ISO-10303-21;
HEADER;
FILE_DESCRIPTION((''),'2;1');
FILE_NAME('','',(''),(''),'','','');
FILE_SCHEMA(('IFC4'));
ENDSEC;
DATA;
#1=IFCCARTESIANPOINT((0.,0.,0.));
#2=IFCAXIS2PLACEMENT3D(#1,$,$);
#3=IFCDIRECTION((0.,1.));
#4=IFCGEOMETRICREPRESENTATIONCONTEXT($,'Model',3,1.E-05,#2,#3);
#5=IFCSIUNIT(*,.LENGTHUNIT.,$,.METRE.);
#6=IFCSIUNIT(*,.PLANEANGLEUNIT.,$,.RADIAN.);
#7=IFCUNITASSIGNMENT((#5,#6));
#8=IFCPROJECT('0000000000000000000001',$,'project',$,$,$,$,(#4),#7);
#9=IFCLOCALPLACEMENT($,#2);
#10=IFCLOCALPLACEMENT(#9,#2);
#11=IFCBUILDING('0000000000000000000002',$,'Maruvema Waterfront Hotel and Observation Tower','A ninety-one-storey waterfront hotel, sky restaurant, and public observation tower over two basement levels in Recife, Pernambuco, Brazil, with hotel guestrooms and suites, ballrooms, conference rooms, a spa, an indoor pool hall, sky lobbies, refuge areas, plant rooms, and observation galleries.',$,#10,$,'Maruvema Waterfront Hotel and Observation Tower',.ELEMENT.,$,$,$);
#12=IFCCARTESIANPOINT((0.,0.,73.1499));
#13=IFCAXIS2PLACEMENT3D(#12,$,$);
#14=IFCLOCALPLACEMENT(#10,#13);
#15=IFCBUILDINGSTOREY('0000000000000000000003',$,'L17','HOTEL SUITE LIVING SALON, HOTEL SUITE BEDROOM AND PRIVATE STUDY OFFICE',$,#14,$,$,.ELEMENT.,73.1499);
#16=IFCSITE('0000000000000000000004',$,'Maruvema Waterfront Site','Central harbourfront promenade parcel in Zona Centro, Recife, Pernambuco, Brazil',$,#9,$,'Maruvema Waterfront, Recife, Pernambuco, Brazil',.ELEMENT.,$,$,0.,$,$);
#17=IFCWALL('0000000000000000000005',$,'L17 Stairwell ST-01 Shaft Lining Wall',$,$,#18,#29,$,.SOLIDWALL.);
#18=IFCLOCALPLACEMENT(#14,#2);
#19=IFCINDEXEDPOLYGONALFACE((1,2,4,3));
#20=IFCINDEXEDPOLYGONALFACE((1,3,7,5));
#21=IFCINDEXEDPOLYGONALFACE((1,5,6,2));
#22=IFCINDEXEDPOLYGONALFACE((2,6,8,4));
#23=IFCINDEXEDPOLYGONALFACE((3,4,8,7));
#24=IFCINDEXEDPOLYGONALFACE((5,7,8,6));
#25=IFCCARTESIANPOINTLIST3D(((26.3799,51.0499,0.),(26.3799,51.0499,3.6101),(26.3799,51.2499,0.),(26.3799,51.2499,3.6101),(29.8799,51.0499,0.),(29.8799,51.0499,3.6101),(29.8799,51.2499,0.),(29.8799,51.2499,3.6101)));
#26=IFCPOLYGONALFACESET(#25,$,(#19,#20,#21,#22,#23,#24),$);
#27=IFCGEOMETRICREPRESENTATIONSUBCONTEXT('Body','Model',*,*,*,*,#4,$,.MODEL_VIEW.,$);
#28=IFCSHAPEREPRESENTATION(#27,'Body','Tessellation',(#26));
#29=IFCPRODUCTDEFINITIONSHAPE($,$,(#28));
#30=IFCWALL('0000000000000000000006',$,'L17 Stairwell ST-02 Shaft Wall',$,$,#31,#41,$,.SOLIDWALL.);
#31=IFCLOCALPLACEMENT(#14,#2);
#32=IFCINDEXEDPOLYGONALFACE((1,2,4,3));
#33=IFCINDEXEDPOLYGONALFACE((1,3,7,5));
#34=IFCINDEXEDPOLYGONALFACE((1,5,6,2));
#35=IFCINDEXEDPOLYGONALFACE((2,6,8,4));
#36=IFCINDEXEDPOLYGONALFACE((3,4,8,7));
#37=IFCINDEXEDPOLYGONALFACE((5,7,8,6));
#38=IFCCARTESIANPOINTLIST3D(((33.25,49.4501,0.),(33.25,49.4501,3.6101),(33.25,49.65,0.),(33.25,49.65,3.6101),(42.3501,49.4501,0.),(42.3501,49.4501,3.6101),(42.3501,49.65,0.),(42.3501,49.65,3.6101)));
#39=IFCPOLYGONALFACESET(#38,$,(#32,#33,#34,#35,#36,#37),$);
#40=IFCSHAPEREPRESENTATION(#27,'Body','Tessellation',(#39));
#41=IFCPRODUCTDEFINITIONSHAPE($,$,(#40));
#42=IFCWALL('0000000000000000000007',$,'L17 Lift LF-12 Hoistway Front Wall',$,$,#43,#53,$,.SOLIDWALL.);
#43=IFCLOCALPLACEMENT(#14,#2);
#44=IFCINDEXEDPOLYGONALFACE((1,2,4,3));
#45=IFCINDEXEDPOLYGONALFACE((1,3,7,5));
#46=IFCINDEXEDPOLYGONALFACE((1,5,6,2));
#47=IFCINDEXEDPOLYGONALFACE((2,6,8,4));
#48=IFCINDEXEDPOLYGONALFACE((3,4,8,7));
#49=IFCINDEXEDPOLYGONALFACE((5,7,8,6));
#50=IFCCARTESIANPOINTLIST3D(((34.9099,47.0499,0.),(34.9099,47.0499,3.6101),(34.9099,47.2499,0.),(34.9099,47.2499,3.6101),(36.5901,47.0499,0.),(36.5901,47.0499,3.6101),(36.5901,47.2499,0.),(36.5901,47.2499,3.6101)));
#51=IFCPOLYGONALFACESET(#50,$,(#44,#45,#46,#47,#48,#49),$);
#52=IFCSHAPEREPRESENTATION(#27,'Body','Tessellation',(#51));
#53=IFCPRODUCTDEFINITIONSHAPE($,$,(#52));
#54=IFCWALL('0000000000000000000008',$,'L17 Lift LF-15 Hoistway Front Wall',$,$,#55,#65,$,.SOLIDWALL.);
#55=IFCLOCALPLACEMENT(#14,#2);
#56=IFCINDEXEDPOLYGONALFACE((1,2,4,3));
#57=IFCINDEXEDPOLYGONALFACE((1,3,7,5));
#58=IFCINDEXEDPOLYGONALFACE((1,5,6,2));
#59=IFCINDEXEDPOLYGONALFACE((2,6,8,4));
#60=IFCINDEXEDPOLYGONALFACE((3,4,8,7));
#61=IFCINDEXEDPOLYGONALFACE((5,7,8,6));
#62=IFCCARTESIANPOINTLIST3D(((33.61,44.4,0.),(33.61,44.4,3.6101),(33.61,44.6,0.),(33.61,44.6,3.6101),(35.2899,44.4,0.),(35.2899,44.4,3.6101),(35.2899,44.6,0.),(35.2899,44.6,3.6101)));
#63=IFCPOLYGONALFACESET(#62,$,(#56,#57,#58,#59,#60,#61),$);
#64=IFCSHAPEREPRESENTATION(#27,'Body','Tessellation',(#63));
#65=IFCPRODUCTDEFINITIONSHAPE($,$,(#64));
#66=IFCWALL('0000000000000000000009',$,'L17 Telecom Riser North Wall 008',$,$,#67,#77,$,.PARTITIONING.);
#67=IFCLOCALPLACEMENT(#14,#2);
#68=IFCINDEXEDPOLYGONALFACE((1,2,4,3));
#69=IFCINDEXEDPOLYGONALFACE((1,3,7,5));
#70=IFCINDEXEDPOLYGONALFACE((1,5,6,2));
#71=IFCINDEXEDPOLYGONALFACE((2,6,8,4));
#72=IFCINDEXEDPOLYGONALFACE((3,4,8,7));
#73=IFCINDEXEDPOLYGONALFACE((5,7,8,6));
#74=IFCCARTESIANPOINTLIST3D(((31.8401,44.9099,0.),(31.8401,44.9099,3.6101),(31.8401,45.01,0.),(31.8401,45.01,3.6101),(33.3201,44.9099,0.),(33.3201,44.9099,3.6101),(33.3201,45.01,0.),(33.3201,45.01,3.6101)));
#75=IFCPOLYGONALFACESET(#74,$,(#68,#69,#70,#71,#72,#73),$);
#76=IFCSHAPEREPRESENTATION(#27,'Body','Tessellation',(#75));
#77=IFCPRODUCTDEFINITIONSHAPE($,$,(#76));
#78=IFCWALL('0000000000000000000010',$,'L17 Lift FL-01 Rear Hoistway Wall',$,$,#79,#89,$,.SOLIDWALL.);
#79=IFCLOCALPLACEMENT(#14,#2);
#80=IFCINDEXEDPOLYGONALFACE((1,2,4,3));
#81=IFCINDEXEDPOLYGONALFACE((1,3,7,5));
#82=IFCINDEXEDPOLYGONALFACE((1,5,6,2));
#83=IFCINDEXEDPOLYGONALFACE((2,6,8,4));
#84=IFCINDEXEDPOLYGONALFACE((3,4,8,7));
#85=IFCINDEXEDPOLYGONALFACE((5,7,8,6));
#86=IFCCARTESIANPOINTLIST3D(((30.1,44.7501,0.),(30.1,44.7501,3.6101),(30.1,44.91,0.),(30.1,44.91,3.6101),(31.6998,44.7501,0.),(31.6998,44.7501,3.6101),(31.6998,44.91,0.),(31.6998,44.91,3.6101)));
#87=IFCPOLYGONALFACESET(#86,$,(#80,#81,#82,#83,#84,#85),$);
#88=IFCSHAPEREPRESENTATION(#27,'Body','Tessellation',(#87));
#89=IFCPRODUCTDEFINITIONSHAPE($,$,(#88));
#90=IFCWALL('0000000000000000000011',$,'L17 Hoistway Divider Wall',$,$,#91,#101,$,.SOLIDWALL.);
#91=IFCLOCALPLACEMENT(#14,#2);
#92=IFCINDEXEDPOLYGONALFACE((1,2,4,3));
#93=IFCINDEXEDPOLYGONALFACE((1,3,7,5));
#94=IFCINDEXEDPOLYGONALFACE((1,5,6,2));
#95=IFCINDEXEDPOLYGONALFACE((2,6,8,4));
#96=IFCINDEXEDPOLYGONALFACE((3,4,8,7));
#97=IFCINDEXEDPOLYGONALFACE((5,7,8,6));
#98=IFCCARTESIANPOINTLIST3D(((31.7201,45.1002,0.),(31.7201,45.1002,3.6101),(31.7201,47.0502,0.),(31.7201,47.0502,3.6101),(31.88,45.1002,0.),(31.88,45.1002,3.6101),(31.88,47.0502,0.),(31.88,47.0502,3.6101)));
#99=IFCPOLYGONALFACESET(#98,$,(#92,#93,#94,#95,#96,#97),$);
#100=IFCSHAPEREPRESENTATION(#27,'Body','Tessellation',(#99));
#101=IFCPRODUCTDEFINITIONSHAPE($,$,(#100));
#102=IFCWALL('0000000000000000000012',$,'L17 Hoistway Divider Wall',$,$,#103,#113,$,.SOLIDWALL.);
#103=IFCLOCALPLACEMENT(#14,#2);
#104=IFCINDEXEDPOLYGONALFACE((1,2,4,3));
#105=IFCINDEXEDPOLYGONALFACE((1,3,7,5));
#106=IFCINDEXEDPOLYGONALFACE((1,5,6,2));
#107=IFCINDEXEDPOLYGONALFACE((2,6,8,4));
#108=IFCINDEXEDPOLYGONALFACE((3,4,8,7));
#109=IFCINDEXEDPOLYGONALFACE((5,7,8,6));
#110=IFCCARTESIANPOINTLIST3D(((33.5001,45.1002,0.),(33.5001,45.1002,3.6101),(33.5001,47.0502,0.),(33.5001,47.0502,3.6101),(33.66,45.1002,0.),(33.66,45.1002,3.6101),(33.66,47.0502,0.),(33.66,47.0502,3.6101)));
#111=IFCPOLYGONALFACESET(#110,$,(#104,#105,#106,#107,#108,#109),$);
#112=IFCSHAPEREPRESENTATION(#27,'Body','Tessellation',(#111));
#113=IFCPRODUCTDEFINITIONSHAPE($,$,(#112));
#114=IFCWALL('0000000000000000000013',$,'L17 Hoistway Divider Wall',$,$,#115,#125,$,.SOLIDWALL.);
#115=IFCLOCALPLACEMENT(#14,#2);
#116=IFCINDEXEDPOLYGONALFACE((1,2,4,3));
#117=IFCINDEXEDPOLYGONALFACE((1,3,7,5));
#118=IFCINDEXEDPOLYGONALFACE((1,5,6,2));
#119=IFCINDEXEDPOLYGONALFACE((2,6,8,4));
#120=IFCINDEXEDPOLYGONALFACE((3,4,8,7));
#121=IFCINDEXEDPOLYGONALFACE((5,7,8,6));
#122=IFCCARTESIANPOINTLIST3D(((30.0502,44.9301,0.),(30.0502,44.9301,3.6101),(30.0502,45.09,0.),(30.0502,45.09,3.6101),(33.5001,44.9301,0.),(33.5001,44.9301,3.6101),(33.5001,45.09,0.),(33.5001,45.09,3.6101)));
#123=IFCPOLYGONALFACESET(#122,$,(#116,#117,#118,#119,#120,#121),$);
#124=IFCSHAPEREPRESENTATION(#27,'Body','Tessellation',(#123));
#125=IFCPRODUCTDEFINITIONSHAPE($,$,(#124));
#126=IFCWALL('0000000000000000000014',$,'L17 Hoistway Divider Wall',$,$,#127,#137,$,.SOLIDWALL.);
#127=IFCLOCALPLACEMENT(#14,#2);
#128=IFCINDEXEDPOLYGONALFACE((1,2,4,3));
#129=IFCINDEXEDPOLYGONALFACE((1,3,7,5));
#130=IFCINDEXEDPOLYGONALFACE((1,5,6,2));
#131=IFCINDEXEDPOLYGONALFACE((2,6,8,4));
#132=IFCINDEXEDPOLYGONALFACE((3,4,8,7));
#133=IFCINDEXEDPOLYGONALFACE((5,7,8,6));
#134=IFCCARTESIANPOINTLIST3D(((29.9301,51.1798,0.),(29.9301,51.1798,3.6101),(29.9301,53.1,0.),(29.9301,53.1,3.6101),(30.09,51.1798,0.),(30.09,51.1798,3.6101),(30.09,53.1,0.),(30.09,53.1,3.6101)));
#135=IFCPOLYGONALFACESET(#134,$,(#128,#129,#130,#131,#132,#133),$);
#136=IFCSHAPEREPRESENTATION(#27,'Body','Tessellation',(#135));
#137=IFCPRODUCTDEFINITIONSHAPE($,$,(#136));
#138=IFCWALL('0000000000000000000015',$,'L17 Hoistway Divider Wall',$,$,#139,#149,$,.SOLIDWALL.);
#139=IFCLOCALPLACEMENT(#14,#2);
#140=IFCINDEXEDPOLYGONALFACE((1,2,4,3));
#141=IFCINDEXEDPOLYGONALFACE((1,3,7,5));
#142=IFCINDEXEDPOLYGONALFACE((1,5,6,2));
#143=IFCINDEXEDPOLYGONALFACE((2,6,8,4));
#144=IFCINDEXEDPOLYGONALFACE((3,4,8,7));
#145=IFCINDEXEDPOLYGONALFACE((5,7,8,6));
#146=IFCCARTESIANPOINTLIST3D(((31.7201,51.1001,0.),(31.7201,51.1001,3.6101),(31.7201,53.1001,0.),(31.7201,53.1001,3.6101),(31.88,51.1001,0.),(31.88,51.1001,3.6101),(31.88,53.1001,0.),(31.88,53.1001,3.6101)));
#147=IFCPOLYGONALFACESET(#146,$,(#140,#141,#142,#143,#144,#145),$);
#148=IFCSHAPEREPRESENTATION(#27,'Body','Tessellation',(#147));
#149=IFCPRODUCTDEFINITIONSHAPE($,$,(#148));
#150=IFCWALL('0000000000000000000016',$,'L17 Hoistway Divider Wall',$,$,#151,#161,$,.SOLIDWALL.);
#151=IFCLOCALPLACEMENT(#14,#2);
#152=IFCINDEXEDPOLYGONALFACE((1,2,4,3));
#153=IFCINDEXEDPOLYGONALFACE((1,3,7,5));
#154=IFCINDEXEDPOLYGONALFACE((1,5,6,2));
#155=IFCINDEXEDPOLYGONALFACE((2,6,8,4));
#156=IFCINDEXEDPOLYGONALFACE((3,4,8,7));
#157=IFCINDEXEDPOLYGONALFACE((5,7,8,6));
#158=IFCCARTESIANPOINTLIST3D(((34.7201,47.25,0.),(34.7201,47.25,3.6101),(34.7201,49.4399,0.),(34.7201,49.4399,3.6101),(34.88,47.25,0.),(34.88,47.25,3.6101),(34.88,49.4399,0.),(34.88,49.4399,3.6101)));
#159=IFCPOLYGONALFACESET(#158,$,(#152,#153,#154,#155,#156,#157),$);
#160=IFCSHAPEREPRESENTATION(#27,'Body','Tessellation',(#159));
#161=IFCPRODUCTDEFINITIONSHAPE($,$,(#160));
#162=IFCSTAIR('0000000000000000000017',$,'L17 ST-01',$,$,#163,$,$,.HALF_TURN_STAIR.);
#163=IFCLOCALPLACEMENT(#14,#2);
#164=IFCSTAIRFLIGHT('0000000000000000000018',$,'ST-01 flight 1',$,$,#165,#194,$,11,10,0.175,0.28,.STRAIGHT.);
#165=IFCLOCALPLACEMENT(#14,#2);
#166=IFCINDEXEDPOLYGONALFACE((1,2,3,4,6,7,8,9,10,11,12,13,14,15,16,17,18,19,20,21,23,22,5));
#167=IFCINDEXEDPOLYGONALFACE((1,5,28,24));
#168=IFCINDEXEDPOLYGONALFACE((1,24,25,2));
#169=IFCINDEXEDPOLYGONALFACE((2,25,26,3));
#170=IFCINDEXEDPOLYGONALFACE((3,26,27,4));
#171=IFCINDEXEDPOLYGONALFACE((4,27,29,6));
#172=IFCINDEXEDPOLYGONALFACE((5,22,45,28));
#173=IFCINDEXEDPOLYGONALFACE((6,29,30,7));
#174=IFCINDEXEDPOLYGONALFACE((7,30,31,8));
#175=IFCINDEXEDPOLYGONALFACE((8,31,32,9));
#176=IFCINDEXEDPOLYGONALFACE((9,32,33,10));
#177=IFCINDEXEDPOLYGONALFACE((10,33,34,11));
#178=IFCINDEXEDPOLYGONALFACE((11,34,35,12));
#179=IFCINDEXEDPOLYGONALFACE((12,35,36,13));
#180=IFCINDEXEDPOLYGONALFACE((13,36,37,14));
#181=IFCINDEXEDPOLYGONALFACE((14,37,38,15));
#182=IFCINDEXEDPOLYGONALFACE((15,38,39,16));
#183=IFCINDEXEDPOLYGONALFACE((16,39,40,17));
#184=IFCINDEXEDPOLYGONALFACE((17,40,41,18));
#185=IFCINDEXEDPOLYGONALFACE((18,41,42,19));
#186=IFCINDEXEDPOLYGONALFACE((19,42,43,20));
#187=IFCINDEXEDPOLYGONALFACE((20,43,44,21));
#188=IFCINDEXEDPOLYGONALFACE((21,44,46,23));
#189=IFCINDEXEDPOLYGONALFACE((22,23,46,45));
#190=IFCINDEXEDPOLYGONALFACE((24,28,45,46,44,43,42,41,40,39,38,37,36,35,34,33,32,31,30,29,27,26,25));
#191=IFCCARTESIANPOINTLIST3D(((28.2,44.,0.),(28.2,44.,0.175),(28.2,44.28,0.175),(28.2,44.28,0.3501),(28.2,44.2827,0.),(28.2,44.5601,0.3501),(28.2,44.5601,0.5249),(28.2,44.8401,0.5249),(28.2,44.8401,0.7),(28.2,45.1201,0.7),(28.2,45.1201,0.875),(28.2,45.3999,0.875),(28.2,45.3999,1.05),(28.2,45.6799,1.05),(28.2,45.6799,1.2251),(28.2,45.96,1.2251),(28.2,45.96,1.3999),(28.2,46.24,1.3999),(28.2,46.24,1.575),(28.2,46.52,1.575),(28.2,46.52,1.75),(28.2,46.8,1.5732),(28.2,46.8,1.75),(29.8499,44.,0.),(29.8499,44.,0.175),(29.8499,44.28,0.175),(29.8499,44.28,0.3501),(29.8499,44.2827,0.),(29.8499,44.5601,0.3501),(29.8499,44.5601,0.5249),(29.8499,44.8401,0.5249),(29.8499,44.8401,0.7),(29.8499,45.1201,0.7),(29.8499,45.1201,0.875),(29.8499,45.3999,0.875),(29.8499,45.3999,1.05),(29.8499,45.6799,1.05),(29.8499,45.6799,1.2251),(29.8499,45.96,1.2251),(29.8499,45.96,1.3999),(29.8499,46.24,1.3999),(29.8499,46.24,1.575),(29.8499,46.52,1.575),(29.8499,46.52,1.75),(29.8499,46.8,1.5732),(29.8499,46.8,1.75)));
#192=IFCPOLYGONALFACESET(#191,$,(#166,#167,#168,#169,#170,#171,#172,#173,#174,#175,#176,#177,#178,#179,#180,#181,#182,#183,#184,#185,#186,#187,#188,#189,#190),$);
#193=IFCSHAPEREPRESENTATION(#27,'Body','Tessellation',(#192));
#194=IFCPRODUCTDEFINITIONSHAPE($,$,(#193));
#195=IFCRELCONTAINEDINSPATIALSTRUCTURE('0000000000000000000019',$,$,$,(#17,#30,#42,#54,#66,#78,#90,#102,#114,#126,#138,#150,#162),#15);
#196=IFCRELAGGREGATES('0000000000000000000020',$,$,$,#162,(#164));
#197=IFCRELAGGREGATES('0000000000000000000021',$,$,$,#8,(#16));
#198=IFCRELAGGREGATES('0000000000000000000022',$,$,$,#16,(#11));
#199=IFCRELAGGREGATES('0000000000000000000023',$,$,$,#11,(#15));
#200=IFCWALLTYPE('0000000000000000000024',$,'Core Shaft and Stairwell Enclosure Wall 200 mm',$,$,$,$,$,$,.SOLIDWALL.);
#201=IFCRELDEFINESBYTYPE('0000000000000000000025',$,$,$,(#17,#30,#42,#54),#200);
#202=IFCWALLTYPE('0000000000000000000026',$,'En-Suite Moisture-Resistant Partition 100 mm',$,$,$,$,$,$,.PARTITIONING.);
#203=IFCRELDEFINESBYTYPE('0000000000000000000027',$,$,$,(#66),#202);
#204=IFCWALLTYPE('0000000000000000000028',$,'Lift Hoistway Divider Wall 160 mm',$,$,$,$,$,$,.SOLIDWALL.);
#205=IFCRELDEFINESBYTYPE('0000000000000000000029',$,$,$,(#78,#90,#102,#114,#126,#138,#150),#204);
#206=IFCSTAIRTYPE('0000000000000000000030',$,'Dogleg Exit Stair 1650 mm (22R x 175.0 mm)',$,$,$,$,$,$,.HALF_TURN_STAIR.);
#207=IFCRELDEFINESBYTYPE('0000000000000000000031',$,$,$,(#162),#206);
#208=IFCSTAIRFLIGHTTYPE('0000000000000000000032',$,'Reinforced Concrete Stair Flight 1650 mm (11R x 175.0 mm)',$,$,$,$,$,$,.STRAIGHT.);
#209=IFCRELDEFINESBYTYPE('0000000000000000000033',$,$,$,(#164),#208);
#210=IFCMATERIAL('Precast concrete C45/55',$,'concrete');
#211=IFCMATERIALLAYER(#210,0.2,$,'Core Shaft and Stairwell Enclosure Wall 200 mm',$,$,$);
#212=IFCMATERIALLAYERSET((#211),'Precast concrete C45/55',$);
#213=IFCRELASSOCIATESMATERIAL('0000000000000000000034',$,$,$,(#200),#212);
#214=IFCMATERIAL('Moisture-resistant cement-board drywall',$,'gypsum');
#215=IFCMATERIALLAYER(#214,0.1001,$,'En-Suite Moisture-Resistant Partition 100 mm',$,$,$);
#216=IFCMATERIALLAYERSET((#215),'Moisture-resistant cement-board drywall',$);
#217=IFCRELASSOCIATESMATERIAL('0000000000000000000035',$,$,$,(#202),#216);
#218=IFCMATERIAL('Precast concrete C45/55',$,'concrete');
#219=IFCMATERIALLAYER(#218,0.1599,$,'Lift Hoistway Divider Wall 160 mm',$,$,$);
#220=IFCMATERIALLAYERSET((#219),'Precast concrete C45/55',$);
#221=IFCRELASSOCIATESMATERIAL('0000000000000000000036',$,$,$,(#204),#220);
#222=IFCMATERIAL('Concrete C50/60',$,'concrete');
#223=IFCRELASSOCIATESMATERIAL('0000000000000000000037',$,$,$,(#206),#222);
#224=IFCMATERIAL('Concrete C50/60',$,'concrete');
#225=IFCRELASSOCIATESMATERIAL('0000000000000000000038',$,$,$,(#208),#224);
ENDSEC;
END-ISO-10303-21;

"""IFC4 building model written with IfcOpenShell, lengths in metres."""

from ifc_helpers import new_model, si_unit, direction, frame, frame_2d, origin, place, context, subcontext, project, spatial, polyline, rectangle, outline, extrude, material, layer, layer_set, type_object, element, aggregate, save


model = new_model("IFC4")

# Units and contexts
model_context = context("Model", 3, precision=1e-05, world=origin(), true_north=direction((0.0, 1.0)))
body_context = subcontext(model_context, "Body", "Model", "MODEL_VIEW")
ifc_project = project(units=[si_unit("LENGTHUNIT", "METRE"), si_unit("PLANEANGLEUNIT", "RADIAN")], contexts=[model_context])

# Site, building, storey
site_placement = place(None, origin())
site = spatial("IfcSite", under=ifc_project, at=site_placement, Name="Maruvema Waterfront Site", Description="Central harbourfront promenade parcel in Zona Centro, Recife, Pernambuco, Brazil", LongName="Maruvema Waterfront, Recife, Pernambuco, Brazil", CompositionType="ELEMENT", RefElevation=0.0)
building_placement = place(site_placement, origin())
building = spatial("IfcBuilding", under=site, at=building_placement, Name="Maruvema Waterfront Hotel and Observation Tower", Description="A ninety-one-storey waterfront hotel, sky restaurant, and public observation tower over two basement levels in Recife, Pernambuco, Brazil, with hotel guestrooms and suites, ballrooms, conference rooms, a spa, an indoor pool hall, sky lobbies, refuge areas, plant rooms, and observation galleries.", LongName="Maruvema Waterfront Hotel and Observation Tower", CompositionType="ELEMENT")
storey_placement = place(building_placement, frame((0.0, 0.0, 73.1499)))
storey = spatial("IfcBuildingStorey", under=building, at=storey_placement, Name="L17", Description="HOTEL SUITE LIVING SALON, HOTEL SUITE BEDROOM AND PRIVATE STUDY OFFICE", CompositionType="ELEMENT", Elevation=73.1499)

# Walls
ifc_material_1 = material(Name="Precast concrete C45/55", Category="concrete")
ifc_layer_1 = layer(ifc_material_1, 0.2, Name="Core Shaft and Stairwell Enclosure Wall 200 mm")
ifc_layer_set_1 = layer_set([ifc_layer_1], Name="Precast concrete C45/55")
wall_type_1 = type_object("IfcWallType", Name="Core Shaft and Stairwell Enclosure Wall 200 mm", PredefinedType="SOLIDWALL", material=ifc_layer_set_1)
wall_1_placement = place(storey_placement, frame((26.3799, 51.1499, 0.0), z_axis=(0.0, 0.0, 1.0), x_axis=(1.0, 0.0, 0.0)))
element("IfcWall", 1, at=wall_1_placement, inside=storey, type_object=wall_type_1, Name="L17 Stairwell ST-01 Shaft Lining Wall", PredefinedType="SOLIDWALL", context=body_context, shape_type="SweptSolid", body=[
    extrude(rectangle(XDim=3.5, YDim=0.2, at=frame_2d((1.75, 0.0))), origin(), (0.0, 0.0, 1.0), 3.6101),
])
wall_2_placement = place(storey_placement, frame((33.25, 49.55, 0.0), z_axis=(0.0, 0.0, 1.0), x_axis=(1.0, 0.0, 0.0)))
element("IfcWall", 2, at=wall_2_placement, inside=storey, type_object=wall_type_1, Name="L17 Stairwell ST-02 Shaft Wall", PredefinedType="SOLIDWALL", context=body_context, shape_type="SweptSolid", body=[
    extrude(rectangle(XDim=9.1001, YDim=0.2, at=frame_2d((4.55, 0.0))), origin(), (0.0, 0.0, 1.0), 3.6101),
])

# Walls
wall_3_placement = place(storey_placement, frame((34.9099, 47.1499, 0.0), z_axis=(0.0, 0.0, 1.0), x_axis=(1.0, 0.0, 0.0)))
element("IfcWall", 3, at=wall_3_placement, inside=storey, type_object=wall_type_1, Name="L17 Lift LF-12 Hoistway Front Wall", PredefinedType="SOLIDWALL", context=body_context, shape_type="SweptSolid", body=[
    extrude(rectangle(XDim=1.6802, YDim=0.2, at=frame_2d((0.8401, 0.0))), origin(), (0.0, 0.0, 1.0), 3.6101),
])
wall_4_placement = place(storey_placement, frame((33.6101, 44.5, 0.0), z_axis=(0.0, 0.0, 1.0), x_axis=(1.0, 0.0, 0.0)))
element("IfcWall", 4, at=wall_4_placement, inside=storey, type_object=wall_type_1, Name="L17 Lift LF-15 Hoistway Front Wall", PredefinedType="SOLIDWALL", context=body_context, shape_type="SweptSolid", body=[
    extrude(rectangle(XDim=1.6799, YDim=0.2, at=frame_2d((0.8398, 0.0))), origin(), (0.0, 0.0, 1.0), 3.6101),
])
ifc_material_2 = material(Name="Moisture-resistant cement-board drywall", Category="gypsum")
ifc_layer_2 = layer(ifc_material_2, 0.1001, Name="En-Suite Moisture-Resistant Partition 100 mm")
ifc_layer_set_2 = layer_set([ifc_layer_2], Name="Moisture-resistant cement-board drywall")
wall_type_2 = type_object("IfcWallType", Name="En-Suite Moisture-Resistant Partition 100 mm", PredefinedType="PARTITIONING", material=ifc_layer_set_2)
wall_5_placement = place(storey_placement, frame((31.8401, 44.96, 0.0), z_axis=(0.0, 0.0, 1.0), x_axis=(1.0, 0.0, 0.0)))
element("IfcWall", 5, at=wall_5_placement, inside=storey, type_object=wall_type_2, Name="L17 Telecom Riser North Wall 008", PredefinedType="PARTITIONING", context=body_context, shape_type="SweptSolid", body=[
    extrude(rectangle(XDim=1.48, YDim=0.1001, at=frame_2d((0.74, 0.0))), origin(), (0.0, 0.0, 1.0), 3.6101),
])
ifc_material_3 = material(Name="Precast concrete C45/55", Category="concrete")
ifc_layer_3 = layer(ifc_material_3, 0.1599, Name="Lift Hoistway Divider Wall 160 mm")
ifc_layer_set_3 = layer_set([ifc_layer_3], Name="Precast concrete C45/55")
wall_type_3 = type_object("IfcWallType", Name="Lift Hoistway Divider Wall 160 mm", PredefinedType="SOLIDWALL", material=ifc_layer_set_3)
wall_6_placement = place(storey_placement, frame((30.1001, 44.8301, 0.0), z_axis=(0.0, 0.0, 1.0), x_axis=(1.0, 0.0, 0.0)))
element("IfcWall", 6, at=wall_6_placement, inside=storey, type_object=wall_type_3, Name="L17 Lift FL-01 Rear Hoistway Wall", PredefinedType="SOLIDWALL", context=body_context, shape_type="SweptSolid", body=[
    extrude(rectangle(XDim=1.5999, YDim=0.1599, at=frame_2d((0.7998, 0.0))), origin(), (0.0, 0.0, 1.0), 3.6101),
])
for number, where, z_axis, x_axis, name in (
    (7, (31.8, 45.1001, 0.0), (0.0, 0.0, 1.0), (0.0, 1.0, 0.0), "L17 Hoistway Divider Wall"),
    (8, (33.5801, 45.1001, 0.0), (0.0, 0.0, 1.0), (0.0, 1.0, 0.0), "L17 Hoistway Divider Wall"),
):
    element("IfcWall", number, at=place(storey_placement, frame(where, z_axis=z_axis, x_axis=x_axis)), inside=storey, type_object=wall_type_3, Name=name, PredefinedType="SOLIDWALL", context=body_context, shape_type="SweptSolid", body=[
        extrude(rectangle(XDim=1.95, YDim=0.1599, at=frame_2d((0.9751, 0.0))), origin(), (0.0, 0.0, 1.0), 3.6101),
    ])
wall_7_placement = place(storey_placement, frame((30.05, 45.01, 0.0), z_axis=(0.0, 0.0, 1.0), x_axis=(1.0, 0.0, 0.0)))
element("IfcWall", 9, at=wall_7_placement, inside=storey, type_object=wall_type_3, Name="L17 Hoistway Divider Wall", PredefinedType="SOLIDWALL", context=body_context, shape_type="SweptSolid", body=[
    extrude(rectangle(XDim=3.45, YDim=0.1599, at=frame_2d((1.7251, 0.0))), origin(), (0.0, 0.0, 1.0), 3.6101),
])
wall_8_placement = place(storey_placement, frame((30.01, 51.1799, 0.0), z_axis=(0.0, 0.0, 1.0), x_axis=(0.0, 1.0, 0.0)))
element("IfcWall", 10, at=wall_8_placement, inside=storey, type_object=wall_type_3, Name="L17 Hoistway Divider Wall", PredefinedType="SOLIDWALL", context=body_context, shape_type="SweptSolid", body=[
    extrude(rectangle(XDim=1.9202, YDim=0.1599, at=frame_2d((0.96, 0.0))), origin(), (0.0, 0.0, 1.0), 3.6101),
])
wall_9_placement = place(storey_placement, frame((31.8, 51.1001, 0.0), z_axis=(0.0, 0.0, 1.0), x_axis=(0.0, 1.0, 0.0)))
element("IfcWall", 11, at=wall_9_placement, inside=storey, type_object=wall_type_3, Name="L17 Hoistway Divider Wall", PredefinedType="SOLIDWALL", context=body_context, shape_type="SweptSolid", body=[
    extrude(rectangle(XDim=2.0, YDim=0.1599, at=frame_2d((1.0, 0.0))), origin(), (0.0, 0.0, 1.0), 3.6101),
])
wall_10_placement = place(storey_placement, frame((34.8, 47.25, 0.0), z_axis=(0.0, 0.0, 1.0), x_axis=(0.0, 1.0, 0.0)))
element("IfcWall", 12, at=wall_10_placement, inside=storey, type_object=wall_type_3, Name="L17 Hoistway Divider Wall", PredefinedType="SOLIDWALL", context=body_context, shape_type="SweptSolid", body=[
    extrude(rectangle(XDim=2.1899, YDim=0.1599, at=frame_2d((1.095, 0.0))), origin(), (0.0, 0.0, 1.0), 3.6101),
])

# Stair, stair flight
ifc_material_4 = material(Name="Concrete C50/60", Category="concrete")
stair_type = type_object("IfcStairType", Name="Dogleg Exit Stair 1650 mm (22R x 175.0 mm)", PredefinedType="HALF_TURN_STAIR", material=ifc_material_4)
stair_1_placement = place(storey_placement, origin())
stair_1 = element("IfcStair", 13, at=stair_1_placement, inside=storey, type_object=stair_type, Name="L17 ST-01", PredefinedType="HALF_TURN_STAIR")
ifc_material_5 = material(Name="Concrete C50/60", Category="concrete")
stair_flight_type = type_object("IfcStairFlightType", Name="Reinforced Concrete Stair Flight 1650 mm (11R x 175.0 mm)", PredefinedType="STRAIGHT", material=ifc_material_5)
stair_flight_1_placement = place(storey_placement, frame((29.0249, 44.0, 0.0), z_axis=(0.0, 0.0, 1.0), x_axis=(0.0, 1.0, 0.0)))
stair_flight_1 = element("IfcStairFlight", 14, at=stair_flight_1_placement, type_object=stair_flight_type, Name="ST-01 flight 1", NumberOfRisers=11, NumberOfTreads=10, PredefinedType="STRAIGHT", RiserHeight=0.175, TreadLength=0.28, context=body_context, shape_type="SweptSolid", body=[
    extrude(outline(polyline([(0.0, 0.0), (0.0, 0.175), (0.28, 0.175), (0.28, 0.3501), (0.5601, 0.3501), (0.5601, 0.5249), (0.8401, 0.5249), (0.8401, 0.7), (1.1201, 0.7), (1.1201, 0.875), (1.3999, 0.875), (1.3999, 1.05), (1.6799, 1.05), (1.6799, 1.2251), (1.96, 1.2251), (1.96, 1.3999), (2.24, 1.3999), (2.24, 1.575), (2.52, 1.575), (2.52, 1.75), (2.8, 1.75), (2.8, 1.925), (2.8, 1.5732), (0.2827, 0.0), (0.0, 0.0)])), frame((0.0, 0.825, 0.0), z_axis=(0.0, -1.0, 0.0), x_axis=(1.0, 0.0, 0.0)), (0.0, 0.0, 1.0), 1.6499),
])
aggregate(stair_1, [stair_flight_1])

save(model, "model.ifc")
